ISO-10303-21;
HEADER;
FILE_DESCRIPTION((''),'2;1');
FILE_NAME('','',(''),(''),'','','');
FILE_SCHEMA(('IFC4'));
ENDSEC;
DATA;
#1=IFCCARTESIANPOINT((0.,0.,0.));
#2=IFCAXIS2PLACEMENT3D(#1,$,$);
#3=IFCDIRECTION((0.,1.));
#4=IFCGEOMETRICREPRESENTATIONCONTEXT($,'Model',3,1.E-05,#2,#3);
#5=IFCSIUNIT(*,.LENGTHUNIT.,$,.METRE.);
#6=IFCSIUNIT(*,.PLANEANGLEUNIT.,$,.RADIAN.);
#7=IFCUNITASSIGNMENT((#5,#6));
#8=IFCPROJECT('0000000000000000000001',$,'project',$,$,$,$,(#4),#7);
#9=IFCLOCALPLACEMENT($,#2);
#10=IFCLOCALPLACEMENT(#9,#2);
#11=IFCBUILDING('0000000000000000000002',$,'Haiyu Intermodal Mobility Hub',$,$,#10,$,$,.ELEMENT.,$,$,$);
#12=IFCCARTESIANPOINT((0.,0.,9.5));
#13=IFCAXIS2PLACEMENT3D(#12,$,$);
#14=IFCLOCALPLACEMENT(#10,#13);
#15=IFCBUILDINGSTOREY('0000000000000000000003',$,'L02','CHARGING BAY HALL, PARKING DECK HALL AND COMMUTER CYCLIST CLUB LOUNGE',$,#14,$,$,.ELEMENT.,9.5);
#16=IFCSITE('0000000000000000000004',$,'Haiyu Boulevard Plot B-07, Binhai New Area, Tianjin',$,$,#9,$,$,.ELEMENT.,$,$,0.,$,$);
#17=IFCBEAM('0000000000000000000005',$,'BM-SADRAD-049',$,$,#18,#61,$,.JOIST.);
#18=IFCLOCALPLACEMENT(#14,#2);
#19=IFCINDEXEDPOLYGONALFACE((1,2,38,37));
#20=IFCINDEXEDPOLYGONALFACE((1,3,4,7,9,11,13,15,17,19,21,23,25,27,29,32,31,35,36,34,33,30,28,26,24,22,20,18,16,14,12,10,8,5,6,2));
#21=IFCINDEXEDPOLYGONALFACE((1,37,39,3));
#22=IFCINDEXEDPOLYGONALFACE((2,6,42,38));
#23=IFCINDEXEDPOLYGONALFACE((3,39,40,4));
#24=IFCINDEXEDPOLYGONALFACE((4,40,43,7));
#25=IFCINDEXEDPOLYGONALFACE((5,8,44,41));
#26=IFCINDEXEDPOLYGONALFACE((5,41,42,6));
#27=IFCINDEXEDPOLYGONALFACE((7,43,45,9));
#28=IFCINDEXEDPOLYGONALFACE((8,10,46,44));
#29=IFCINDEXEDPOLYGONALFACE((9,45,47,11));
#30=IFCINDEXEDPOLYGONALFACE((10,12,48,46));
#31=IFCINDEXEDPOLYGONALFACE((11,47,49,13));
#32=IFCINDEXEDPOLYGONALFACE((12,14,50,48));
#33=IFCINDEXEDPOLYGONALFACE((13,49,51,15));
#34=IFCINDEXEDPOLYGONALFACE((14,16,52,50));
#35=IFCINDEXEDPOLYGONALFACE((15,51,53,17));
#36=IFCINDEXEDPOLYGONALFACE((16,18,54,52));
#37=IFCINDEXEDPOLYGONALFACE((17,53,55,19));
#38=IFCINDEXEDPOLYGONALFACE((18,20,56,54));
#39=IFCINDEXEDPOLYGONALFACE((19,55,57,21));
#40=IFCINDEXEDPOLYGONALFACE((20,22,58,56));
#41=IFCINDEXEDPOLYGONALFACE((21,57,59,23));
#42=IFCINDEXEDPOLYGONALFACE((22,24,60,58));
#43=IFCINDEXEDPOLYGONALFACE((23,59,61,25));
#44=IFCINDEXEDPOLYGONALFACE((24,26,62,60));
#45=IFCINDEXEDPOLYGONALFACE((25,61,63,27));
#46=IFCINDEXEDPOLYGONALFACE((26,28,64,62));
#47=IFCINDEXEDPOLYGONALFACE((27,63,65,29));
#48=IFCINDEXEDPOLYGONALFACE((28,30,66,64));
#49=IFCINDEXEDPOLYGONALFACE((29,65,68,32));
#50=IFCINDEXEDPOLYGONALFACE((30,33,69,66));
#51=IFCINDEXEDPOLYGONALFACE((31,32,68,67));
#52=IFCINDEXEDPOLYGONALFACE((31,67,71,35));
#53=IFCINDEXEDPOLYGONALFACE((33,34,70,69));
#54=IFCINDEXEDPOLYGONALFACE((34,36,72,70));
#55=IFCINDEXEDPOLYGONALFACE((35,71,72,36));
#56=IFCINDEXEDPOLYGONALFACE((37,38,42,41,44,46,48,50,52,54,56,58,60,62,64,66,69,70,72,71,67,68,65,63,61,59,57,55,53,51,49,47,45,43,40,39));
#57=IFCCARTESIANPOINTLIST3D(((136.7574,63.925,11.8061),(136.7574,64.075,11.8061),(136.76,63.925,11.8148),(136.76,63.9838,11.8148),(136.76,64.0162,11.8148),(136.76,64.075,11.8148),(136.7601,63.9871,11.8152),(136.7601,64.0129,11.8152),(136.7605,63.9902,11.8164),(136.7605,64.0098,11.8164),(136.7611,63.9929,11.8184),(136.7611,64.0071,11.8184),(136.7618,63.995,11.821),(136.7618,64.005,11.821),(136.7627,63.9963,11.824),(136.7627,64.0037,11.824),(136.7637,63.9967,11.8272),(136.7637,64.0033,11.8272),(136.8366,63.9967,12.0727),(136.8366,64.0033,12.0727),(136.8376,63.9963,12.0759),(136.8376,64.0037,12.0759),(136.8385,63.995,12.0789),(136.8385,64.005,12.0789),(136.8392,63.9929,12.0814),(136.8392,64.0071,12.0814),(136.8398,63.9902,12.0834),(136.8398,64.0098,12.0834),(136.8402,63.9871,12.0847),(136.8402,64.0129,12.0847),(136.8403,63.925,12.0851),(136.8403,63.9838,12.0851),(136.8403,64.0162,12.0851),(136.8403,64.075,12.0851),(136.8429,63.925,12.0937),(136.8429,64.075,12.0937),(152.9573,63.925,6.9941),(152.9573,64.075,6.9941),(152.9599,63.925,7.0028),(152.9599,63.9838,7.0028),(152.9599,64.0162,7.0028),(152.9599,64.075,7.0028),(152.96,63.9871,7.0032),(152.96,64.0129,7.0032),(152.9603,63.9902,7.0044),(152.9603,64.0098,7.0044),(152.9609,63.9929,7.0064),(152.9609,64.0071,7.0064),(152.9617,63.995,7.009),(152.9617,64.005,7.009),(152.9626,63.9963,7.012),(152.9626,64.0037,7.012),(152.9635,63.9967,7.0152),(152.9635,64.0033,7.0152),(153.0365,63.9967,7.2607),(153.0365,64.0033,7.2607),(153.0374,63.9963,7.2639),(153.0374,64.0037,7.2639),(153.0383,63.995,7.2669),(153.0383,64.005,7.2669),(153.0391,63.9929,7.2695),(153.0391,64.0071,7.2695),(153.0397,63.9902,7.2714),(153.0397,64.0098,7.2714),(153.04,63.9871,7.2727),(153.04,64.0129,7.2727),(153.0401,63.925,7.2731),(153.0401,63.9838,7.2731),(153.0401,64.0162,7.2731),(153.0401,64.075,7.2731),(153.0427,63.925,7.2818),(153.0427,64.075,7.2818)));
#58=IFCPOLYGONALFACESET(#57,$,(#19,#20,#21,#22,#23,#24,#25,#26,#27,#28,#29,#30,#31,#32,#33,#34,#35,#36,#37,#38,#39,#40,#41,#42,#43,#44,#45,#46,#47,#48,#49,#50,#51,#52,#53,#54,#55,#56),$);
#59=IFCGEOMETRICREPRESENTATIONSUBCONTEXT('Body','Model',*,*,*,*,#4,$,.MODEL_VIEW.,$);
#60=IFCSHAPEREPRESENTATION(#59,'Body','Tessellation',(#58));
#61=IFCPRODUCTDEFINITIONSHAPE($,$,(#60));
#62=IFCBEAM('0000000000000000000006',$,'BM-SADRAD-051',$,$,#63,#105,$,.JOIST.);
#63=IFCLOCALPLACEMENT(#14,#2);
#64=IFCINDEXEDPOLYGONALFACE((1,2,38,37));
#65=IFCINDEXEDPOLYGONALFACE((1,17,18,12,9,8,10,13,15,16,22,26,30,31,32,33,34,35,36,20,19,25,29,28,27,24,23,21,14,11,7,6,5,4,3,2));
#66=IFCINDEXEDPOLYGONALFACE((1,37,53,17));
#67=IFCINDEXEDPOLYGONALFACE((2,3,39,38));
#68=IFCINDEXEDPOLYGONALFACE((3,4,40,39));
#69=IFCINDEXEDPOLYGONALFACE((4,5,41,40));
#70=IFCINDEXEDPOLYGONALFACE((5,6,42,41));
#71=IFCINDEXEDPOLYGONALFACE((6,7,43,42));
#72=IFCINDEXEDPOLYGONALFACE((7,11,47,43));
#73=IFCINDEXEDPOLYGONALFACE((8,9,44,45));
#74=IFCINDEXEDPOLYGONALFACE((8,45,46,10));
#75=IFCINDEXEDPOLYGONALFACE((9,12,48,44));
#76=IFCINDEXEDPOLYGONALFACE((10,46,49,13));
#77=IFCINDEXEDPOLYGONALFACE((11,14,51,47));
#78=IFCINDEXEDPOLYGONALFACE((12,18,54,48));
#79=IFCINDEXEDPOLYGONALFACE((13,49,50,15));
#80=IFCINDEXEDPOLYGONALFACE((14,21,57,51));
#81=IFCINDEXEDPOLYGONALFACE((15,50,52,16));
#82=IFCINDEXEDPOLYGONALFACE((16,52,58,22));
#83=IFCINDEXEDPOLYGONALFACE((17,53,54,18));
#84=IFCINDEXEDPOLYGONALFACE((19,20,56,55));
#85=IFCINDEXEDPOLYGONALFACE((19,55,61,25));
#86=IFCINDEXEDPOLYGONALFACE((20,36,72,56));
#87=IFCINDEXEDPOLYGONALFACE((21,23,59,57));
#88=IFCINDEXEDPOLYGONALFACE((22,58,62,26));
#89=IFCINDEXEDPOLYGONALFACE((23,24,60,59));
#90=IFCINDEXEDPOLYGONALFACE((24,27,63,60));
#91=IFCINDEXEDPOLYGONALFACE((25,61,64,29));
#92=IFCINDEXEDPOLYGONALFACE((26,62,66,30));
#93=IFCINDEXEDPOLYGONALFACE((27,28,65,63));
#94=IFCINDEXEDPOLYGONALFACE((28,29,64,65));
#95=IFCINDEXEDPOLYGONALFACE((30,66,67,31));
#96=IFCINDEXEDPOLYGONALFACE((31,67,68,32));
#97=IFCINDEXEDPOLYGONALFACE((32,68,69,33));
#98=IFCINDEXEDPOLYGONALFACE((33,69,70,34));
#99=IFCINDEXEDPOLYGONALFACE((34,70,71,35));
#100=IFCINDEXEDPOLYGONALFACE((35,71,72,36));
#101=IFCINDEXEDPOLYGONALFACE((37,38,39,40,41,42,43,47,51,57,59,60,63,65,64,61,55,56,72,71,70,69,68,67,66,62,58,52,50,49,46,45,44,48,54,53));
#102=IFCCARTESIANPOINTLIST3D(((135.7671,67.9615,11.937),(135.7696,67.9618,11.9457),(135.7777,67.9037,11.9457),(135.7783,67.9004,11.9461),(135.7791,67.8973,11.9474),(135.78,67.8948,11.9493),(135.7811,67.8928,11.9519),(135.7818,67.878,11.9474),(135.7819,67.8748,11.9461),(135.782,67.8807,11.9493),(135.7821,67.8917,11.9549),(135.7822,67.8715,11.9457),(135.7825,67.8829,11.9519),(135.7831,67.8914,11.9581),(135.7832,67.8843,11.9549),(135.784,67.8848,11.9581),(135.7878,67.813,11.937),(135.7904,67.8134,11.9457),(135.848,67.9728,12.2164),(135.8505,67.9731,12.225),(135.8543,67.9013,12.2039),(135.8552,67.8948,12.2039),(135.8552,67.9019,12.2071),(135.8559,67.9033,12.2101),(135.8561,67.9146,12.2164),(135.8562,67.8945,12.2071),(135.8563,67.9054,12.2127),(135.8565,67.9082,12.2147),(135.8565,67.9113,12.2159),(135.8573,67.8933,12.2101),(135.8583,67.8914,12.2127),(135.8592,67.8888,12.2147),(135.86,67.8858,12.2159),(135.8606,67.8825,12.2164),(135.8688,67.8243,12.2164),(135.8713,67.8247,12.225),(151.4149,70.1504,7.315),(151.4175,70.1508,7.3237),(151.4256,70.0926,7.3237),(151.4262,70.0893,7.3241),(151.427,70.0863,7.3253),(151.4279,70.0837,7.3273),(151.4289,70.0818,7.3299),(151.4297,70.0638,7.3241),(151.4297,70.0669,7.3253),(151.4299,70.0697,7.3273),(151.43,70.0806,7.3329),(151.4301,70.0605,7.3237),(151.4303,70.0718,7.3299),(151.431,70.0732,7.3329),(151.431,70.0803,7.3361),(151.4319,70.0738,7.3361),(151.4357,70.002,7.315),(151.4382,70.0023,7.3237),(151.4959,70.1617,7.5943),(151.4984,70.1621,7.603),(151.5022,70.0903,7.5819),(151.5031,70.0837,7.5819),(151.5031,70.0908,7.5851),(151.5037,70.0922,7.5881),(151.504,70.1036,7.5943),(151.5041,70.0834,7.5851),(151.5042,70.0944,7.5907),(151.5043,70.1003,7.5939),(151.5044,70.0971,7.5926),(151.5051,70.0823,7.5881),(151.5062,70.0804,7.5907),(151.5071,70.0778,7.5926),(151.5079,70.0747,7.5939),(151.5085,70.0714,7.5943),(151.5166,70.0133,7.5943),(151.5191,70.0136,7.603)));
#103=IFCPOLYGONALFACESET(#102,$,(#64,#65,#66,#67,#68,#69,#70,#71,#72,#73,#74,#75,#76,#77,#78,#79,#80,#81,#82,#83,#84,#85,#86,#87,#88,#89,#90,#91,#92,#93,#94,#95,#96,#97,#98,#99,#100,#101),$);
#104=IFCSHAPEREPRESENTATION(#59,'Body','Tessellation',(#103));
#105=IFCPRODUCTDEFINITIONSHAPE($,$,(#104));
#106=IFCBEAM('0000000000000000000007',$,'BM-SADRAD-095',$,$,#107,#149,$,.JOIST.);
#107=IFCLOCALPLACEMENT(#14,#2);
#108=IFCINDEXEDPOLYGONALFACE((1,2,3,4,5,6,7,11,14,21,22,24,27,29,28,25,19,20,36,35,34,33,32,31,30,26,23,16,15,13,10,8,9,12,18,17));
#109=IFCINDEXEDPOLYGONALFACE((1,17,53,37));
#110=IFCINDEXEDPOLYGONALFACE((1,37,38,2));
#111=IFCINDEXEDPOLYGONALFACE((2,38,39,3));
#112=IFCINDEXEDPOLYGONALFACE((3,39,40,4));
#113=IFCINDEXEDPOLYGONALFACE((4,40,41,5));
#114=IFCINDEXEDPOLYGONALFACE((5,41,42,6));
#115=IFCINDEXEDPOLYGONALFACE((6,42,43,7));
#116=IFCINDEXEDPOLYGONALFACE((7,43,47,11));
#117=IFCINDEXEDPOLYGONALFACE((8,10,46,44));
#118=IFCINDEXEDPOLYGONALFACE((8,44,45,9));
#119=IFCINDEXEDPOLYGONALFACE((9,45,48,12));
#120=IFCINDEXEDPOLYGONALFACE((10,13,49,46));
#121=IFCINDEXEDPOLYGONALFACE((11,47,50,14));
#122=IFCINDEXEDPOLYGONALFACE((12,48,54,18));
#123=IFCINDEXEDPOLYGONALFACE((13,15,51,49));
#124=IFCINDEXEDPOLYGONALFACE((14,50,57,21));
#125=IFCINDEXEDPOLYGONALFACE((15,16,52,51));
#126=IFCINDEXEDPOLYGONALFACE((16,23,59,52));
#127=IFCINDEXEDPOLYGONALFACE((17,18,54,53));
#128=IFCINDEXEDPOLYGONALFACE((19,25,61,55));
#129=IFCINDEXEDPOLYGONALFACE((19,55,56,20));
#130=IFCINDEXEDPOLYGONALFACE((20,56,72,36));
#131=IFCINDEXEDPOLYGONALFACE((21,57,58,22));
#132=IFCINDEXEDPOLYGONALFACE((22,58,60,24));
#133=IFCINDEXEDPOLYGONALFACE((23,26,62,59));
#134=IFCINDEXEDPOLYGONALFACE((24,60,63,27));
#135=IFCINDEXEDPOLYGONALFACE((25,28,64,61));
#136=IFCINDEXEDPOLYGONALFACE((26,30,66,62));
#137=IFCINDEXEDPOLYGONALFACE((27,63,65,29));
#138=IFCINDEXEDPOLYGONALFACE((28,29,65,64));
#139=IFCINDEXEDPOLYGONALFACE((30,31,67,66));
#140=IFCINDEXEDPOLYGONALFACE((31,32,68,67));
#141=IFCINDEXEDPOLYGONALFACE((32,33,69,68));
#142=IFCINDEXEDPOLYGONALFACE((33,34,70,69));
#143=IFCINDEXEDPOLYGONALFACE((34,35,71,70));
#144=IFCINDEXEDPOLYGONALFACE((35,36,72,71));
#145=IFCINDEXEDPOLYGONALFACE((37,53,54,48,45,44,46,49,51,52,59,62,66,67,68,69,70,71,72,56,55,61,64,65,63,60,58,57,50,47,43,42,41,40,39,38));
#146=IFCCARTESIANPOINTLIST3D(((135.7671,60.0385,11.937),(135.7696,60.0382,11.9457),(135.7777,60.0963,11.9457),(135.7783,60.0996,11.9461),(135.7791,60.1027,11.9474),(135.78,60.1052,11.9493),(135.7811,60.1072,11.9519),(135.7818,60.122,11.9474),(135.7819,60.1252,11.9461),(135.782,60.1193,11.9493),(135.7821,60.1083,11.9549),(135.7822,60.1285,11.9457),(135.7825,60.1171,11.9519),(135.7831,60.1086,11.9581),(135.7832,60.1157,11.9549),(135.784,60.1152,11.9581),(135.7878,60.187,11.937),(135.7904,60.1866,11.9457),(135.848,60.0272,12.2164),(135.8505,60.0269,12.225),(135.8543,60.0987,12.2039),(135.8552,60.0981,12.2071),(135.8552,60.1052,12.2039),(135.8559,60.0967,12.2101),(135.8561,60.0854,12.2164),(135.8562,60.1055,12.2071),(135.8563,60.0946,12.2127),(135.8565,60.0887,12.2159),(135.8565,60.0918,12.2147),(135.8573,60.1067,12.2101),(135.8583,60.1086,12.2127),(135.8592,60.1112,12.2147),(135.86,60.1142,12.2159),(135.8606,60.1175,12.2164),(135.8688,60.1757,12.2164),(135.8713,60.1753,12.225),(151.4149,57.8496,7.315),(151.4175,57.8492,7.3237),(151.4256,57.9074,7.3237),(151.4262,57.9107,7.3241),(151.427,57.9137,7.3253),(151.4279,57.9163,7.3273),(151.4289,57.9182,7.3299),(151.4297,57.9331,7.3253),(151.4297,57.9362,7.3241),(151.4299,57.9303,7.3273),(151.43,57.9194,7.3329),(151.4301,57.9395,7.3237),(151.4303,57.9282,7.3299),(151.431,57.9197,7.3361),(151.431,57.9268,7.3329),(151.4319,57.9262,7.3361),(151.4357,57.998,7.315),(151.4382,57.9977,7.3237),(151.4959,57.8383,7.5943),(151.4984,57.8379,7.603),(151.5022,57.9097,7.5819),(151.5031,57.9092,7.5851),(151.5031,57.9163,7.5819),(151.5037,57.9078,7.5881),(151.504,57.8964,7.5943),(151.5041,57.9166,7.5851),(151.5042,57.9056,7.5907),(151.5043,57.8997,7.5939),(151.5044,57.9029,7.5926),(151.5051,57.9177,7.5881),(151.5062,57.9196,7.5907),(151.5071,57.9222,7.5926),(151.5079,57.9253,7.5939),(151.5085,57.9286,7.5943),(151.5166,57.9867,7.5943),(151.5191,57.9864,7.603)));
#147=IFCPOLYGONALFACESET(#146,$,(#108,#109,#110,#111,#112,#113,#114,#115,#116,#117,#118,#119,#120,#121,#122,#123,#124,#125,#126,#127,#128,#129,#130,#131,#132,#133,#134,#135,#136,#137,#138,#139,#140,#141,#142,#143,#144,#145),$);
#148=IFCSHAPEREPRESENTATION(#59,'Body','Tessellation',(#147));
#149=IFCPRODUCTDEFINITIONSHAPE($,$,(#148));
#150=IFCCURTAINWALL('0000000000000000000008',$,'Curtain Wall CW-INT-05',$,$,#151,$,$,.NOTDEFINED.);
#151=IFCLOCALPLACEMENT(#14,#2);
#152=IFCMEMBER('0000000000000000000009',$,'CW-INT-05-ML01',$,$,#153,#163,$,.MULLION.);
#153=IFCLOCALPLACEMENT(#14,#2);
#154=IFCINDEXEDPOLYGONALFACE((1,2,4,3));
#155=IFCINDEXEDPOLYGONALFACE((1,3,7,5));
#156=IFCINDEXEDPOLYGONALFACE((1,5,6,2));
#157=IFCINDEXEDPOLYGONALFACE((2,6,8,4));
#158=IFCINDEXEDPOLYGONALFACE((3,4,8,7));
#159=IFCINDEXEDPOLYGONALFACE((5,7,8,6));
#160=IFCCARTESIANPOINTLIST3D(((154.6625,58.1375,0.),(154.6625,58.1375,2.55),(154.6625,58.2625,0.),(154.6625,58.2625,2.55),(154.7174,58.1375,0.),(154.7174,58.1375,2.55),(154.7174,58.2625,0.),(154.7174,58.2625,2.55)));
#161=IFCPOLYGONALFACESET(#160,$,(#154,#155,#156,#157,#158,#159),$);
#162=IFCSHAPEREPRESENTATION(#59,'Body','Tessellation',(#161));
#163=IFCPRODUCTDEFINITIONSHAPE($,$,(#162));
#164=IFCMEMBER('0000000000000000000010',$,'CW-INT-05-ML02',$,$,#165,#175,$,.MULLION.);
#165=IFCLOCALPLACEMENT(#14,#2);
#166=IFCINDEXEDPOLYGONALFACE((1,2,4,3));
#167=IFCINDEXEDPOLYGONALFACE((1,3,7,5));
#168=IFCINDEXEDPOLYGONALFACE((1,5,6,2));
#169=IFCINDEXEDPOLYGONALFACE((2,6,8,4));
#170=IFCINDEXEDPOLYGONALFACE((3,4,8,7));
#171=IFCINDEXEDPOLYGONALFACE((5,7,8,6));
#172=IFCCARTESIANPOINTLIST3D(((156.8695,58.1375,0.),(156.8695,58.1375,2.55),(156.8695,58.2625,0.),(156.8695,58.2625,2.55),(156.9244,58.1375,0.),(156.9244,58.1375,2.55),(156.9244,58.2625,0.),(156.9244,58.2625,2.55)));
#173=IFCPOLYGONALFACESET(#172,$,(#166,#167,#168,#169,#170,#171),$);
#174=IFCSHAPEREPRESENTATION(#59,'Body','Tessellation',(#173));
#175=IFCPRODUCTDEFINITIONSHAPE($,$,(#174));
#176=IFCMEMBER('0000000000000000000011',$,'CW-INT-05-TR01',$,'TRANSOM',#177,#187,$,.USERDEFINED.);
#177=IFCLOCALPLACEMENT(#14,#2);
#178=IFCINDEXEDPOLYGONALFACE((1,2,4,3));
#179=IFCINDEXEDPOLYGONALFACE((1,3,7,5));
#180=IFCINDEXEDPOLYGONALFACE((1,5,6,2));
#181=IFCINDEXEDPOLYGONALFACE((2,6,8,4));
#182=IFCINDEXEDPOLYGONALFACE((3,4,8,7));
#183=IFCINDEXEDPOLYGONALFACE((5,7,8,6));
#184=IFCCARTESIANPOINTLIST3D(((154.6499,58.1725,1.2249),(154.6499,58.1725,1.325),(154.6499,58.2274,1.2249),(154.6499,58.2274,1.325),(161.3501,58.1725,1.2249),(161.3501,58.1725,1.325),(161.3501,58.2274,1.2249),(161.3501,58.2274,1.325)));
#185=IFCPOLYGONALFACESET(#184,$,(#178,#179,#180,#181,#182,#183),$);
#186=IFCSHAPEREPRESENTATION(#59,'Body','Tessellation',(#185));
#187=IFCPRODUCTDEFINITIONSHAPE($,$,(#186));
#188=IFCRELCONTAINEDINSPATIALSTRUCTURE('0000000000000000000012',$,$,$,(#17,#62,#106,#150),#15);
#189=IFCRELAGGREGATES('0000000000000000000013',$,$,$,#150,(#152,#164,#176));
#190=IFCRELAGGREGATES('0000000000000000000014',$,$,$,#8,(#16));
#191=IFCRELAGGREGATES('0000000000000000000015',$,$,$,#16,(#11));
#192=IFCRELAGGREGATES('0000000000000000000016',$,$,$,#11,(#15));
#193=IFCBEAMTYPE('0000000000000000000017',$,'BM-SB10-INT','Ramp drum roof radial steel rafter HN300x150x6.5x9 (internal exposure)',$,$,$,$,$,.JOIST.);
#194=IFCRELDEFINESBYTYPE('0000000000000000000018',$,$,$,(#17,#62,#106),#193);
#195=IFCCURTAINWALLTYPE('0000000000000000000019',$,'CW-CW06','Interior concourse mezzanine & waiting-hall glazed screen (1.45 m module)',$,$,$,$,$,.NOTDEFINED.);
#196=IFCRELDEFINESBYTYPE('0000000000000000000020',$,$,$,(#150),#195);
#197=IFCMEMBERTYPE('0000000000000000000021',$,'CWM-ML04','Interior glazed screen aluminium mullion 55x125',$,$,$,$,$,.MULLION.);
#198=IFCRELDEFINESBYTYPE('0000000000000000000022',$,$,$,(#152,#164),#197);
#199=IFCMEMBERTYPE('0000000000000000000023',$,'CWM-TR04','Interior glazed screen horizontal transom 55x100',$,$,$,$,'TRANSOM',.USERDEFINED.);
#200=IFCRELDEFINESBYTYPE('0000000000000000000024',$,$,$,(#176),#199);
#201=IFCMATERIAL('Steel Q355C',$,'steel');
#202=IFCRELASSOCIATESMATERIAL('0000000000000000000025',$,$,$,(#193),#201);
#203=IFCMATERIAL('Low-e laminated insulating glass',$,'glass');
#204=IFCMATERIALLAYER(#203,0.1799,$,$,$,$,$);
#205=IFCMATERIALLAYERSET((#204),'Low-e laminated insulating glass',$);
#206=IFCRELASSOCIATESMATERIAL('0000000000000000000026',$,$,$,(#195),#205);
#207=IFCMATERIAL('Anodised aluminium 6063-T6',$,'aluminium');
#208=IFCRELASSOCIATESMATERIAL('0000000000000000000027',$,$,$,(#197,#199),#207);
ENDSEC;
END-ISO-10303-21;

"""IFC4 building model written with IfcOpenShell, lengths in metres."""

from ifc_helpers import new_model, si_unit, direction, frame, origin, origin_2d, place, context, subcontext, project, spatial, rectangle, i_section, extrude, material, layer, layer_set, material_profile, profile_set, type_object, element, aggregate, save


model = new_model("IFC4")

# Units and contexts
model_context = context("Model", 3, precision=1e-05, world=origin(), true_north=direction((0.0, 1.0)))
body_context = subcontext(model_context, "Body", "Model", "MODEL_VIEW")
ifc_project = project(units=[si_unit("LENGTHUNIT", "METRE"), si_unit("PLANEANGLEUNIT", "RADIAN")], contexts=[model_context])

# Site, building, storey
site_placement = place(None, origin())
site = spatial("IfcSite", under=ifc_project, at=site_placement, Name="Haiyu Boulevard Plot B-07, Binhai New Area, Tianjin", CompositionType="ELEMENT", RefElevation=0.0)
building_placement = place(site_placement, origin())
building = spatial("IfcBuilding", under=site, at=building_placement, Name="Haiyu Intermodal Mobility Hub", CompositionType="ELEMENT")
storey_placement = place(building_placement, frame((0.0, 0.0, 9.5)))
storey = spatial("IfcBuildingStorey", under=building, at=storey_placement, Name="L02", Description="CHARGING BAY HALL, PARKING DECK HALL AND COMMUTER CYCLIST CLUB LOUNGE", CompositionType="ELEMENT", Elevation=9.5)

# Shared definitions
ifc_material_1 = material(Name="Steel Q355C", Category="steel")

# Beams
ifc_material_profile_1 = material_profile(ifc_material_1, i_section(OverallWidth=0.1499, OverallDepth=0.3, WebThickness=0.0066, FlangeThickness=0.009, FilletRadius=0.0129, at=origin_2d()), Name="HN300x150x6.5x9")
ifc_profile_set_1 = profile_set([ifc_material_profile_1], Name="Steel Q355C")
beam_type_1 = type_object("IfcBeamType", Name="BM-SB10-INT", Description="Ramp drum roof radial steel rafter HN300x150x6.5x9 (internal exposure)", PredefinedType="JOIST", material=ifc_profile_set_1)
beam_1_placement = place(storey_placement, frame((153.0, 64.0, 7.1379), z_axis=(-0.958604, 0.0, 0.284742), x_axis=(0.0, -1.0, 0.0)))
element("IfcBeam", 1, at=beam_1_placement, inside=storey, type_object=beam_type_1, Name="BM-SADRAD-049", PredefinedType="JOIST", context=body_context, shape_type="SweptSolid", body=[
    extrude(i_section(OverallWidth=0.1499, OverallDepth=0.3, WebThickness=0.0066, FlangeThickness=0.009, FilletRadius=0.0129, at=origin_2d()), origin(), (0.0, 0.0, 1.0), 16.8994),
])
for number, where, z_axis, x_axis, name in (
    (2, (151.467, 70.082, 7.459), (-0.950522, -0.132967, 0.280764), (0.138539, -0.990357, 0.0), "BM-SADRAD-051"),
    (3, (151.467, 57.918, 7.459), (-0.950522, 0.132967, 0.280764), (-0.138539, -0.990357, 0.0), "BM-SADRAD-095"),
):
    element("IfcBeam", number, at=place(storey_placement, frame(where, z_axis=z_axis, x_axis=x_axis)), inside=storey, type_object=beam_type_1, Name=name, PredefinedType="JOIST", context=body_context, shape_type="SweptSolid", body=[
        extrude(i_section(OverallWidth=0.1499, OverallDepth=0.3, WebThickness=0.0066, FlangeThickness=0.009, FilletRadius=0.0129, at=origin_2d()), origin(), (0.0, 0.0, 1.0), 16.4624),
    ])

# Curtain wall, members
ifc_material_2 = material(Name="Low-e laminated insulating glass", Category="glass")
ifc_layer_1 = layer(ifc_material_2, 0.1799)
ifc_layer_set_1 = layer_set([ifc_layer_1], Name="Low-e laminated insulating glass")
curtain_wall_type = type_object("IfcCurtainWallType", Name="CW-CW06", Description="Interior concourse mezzanine & waiting-hall glazed screen (1.45 m module)", PredefinedType="NOTDEFINED", material=ifc_layer_set_1)
curtain_wall_placement = place(storey_placement, origin())
curtain_wall = element("IfcCurtainWall", 4, at=curtain_wall_placement, inside=storey, type_object=curtain_wall_type, Name="Curtain Wall CW-INT-05", PredefinedType="NOTDEFINED")
ifc_material_3 = material(Name="Anodised aluminium 6063-T6", Category="aluminium")
ifc_material_profile_2 = material_profile(ifc_material_3, rectangle(XDim=0.0549, YDim=0.125, at=origin_2d()), Name="ALU55x125")
ifc_profile_set_2 = profile_set([ifc_material_profile_2], Name="Anodised aluminium 6063-T6")
member_type_1 = type_object("IfcMemberType", Name="CWM-ML04", Description="Interior glazed screen aluminium mullion 55x125", PredefinedType="MULLION", material=ifc_profile_set_2)
member_1_placement = place(storey_placement, frame((154.6899, 58.2, 0.0), z_axis=(0.0, 0.0, 1.0), x_axis=(1.0, 0.0, 0.0)))
member_1 = element("IfcMember", 5, at=member_1_placement, type_object=member_type_1, Name="CW-INT-05-ML01", PredefinedType="MULLION", context=body_context, shape_type="SweptSolid", body=[
    extrude(rectangle(XDim=0.0549, YDim=0.125, at=origin_2d()), origin(), (0.0, 0.0, 1.0), 2.55),
])
member_2_placement = place(storey_placement, frame((156.897, 58.2, 0.0), z_axis=(0.0, 0.0, 1.0), x_axis=(1.0, 0.0, 0.0)))
member_2 = element("IfcMember", 6, at=member_2_placement, type_object=member_type_1, Name="CW-INT-05-ML02", PredefinedType="MULLION", context=body_context, shape_type="SweptSolid", body=[
    extrude(rectangle(XDim=0.0549, YDim=0.125, at=origin_2d()), origin(), (0.0, 0.0, 1.0), 2.55),
])
ifc_material_profile_3 = material_profile(ifc_material_3, rectangle(XDim=0.0549, YDim=0.1001, at=origin_2d()), Name="ALU55x100")
ifc_profile_set_3 = profile_set([ifc_material_profile_3], Name="Anodised aluminium 6063-T6")
member_type_2 = type_object("IfcMemberType", Name="CWM-TR04", Description="Interior glazed screen horizontal transom 55x100", ElementType="TRANSOM", PredefinedType="USERDEFINED", material=ifc_profile_set_3)
member_3_placement = place(storey_placement, frame((154.6499, 58.2, 1.2749), z_axis=(1.0, 0.0, 0.0), x_axis=(0.0, 1.0, 0.0)))
member_3 = element("IfcMember", 7, at=member_3_placement, type_object=member_type_2, Name="CW-INT-05-TR01", ObjectType="TRANSOM", PredefinedType="USERDEFINED", context=body_context, shape_type="SweptSolid", body=[
    extrude(rectangle(XDim=0.0549, YDim=0.1001, at=origin_2d()), origin(), (0.0, 0.0, 1.0), 6.7002),
])

aggregate(curtain_wall, [member_1, member_2, member_3])

save(model, "model.ifc")
